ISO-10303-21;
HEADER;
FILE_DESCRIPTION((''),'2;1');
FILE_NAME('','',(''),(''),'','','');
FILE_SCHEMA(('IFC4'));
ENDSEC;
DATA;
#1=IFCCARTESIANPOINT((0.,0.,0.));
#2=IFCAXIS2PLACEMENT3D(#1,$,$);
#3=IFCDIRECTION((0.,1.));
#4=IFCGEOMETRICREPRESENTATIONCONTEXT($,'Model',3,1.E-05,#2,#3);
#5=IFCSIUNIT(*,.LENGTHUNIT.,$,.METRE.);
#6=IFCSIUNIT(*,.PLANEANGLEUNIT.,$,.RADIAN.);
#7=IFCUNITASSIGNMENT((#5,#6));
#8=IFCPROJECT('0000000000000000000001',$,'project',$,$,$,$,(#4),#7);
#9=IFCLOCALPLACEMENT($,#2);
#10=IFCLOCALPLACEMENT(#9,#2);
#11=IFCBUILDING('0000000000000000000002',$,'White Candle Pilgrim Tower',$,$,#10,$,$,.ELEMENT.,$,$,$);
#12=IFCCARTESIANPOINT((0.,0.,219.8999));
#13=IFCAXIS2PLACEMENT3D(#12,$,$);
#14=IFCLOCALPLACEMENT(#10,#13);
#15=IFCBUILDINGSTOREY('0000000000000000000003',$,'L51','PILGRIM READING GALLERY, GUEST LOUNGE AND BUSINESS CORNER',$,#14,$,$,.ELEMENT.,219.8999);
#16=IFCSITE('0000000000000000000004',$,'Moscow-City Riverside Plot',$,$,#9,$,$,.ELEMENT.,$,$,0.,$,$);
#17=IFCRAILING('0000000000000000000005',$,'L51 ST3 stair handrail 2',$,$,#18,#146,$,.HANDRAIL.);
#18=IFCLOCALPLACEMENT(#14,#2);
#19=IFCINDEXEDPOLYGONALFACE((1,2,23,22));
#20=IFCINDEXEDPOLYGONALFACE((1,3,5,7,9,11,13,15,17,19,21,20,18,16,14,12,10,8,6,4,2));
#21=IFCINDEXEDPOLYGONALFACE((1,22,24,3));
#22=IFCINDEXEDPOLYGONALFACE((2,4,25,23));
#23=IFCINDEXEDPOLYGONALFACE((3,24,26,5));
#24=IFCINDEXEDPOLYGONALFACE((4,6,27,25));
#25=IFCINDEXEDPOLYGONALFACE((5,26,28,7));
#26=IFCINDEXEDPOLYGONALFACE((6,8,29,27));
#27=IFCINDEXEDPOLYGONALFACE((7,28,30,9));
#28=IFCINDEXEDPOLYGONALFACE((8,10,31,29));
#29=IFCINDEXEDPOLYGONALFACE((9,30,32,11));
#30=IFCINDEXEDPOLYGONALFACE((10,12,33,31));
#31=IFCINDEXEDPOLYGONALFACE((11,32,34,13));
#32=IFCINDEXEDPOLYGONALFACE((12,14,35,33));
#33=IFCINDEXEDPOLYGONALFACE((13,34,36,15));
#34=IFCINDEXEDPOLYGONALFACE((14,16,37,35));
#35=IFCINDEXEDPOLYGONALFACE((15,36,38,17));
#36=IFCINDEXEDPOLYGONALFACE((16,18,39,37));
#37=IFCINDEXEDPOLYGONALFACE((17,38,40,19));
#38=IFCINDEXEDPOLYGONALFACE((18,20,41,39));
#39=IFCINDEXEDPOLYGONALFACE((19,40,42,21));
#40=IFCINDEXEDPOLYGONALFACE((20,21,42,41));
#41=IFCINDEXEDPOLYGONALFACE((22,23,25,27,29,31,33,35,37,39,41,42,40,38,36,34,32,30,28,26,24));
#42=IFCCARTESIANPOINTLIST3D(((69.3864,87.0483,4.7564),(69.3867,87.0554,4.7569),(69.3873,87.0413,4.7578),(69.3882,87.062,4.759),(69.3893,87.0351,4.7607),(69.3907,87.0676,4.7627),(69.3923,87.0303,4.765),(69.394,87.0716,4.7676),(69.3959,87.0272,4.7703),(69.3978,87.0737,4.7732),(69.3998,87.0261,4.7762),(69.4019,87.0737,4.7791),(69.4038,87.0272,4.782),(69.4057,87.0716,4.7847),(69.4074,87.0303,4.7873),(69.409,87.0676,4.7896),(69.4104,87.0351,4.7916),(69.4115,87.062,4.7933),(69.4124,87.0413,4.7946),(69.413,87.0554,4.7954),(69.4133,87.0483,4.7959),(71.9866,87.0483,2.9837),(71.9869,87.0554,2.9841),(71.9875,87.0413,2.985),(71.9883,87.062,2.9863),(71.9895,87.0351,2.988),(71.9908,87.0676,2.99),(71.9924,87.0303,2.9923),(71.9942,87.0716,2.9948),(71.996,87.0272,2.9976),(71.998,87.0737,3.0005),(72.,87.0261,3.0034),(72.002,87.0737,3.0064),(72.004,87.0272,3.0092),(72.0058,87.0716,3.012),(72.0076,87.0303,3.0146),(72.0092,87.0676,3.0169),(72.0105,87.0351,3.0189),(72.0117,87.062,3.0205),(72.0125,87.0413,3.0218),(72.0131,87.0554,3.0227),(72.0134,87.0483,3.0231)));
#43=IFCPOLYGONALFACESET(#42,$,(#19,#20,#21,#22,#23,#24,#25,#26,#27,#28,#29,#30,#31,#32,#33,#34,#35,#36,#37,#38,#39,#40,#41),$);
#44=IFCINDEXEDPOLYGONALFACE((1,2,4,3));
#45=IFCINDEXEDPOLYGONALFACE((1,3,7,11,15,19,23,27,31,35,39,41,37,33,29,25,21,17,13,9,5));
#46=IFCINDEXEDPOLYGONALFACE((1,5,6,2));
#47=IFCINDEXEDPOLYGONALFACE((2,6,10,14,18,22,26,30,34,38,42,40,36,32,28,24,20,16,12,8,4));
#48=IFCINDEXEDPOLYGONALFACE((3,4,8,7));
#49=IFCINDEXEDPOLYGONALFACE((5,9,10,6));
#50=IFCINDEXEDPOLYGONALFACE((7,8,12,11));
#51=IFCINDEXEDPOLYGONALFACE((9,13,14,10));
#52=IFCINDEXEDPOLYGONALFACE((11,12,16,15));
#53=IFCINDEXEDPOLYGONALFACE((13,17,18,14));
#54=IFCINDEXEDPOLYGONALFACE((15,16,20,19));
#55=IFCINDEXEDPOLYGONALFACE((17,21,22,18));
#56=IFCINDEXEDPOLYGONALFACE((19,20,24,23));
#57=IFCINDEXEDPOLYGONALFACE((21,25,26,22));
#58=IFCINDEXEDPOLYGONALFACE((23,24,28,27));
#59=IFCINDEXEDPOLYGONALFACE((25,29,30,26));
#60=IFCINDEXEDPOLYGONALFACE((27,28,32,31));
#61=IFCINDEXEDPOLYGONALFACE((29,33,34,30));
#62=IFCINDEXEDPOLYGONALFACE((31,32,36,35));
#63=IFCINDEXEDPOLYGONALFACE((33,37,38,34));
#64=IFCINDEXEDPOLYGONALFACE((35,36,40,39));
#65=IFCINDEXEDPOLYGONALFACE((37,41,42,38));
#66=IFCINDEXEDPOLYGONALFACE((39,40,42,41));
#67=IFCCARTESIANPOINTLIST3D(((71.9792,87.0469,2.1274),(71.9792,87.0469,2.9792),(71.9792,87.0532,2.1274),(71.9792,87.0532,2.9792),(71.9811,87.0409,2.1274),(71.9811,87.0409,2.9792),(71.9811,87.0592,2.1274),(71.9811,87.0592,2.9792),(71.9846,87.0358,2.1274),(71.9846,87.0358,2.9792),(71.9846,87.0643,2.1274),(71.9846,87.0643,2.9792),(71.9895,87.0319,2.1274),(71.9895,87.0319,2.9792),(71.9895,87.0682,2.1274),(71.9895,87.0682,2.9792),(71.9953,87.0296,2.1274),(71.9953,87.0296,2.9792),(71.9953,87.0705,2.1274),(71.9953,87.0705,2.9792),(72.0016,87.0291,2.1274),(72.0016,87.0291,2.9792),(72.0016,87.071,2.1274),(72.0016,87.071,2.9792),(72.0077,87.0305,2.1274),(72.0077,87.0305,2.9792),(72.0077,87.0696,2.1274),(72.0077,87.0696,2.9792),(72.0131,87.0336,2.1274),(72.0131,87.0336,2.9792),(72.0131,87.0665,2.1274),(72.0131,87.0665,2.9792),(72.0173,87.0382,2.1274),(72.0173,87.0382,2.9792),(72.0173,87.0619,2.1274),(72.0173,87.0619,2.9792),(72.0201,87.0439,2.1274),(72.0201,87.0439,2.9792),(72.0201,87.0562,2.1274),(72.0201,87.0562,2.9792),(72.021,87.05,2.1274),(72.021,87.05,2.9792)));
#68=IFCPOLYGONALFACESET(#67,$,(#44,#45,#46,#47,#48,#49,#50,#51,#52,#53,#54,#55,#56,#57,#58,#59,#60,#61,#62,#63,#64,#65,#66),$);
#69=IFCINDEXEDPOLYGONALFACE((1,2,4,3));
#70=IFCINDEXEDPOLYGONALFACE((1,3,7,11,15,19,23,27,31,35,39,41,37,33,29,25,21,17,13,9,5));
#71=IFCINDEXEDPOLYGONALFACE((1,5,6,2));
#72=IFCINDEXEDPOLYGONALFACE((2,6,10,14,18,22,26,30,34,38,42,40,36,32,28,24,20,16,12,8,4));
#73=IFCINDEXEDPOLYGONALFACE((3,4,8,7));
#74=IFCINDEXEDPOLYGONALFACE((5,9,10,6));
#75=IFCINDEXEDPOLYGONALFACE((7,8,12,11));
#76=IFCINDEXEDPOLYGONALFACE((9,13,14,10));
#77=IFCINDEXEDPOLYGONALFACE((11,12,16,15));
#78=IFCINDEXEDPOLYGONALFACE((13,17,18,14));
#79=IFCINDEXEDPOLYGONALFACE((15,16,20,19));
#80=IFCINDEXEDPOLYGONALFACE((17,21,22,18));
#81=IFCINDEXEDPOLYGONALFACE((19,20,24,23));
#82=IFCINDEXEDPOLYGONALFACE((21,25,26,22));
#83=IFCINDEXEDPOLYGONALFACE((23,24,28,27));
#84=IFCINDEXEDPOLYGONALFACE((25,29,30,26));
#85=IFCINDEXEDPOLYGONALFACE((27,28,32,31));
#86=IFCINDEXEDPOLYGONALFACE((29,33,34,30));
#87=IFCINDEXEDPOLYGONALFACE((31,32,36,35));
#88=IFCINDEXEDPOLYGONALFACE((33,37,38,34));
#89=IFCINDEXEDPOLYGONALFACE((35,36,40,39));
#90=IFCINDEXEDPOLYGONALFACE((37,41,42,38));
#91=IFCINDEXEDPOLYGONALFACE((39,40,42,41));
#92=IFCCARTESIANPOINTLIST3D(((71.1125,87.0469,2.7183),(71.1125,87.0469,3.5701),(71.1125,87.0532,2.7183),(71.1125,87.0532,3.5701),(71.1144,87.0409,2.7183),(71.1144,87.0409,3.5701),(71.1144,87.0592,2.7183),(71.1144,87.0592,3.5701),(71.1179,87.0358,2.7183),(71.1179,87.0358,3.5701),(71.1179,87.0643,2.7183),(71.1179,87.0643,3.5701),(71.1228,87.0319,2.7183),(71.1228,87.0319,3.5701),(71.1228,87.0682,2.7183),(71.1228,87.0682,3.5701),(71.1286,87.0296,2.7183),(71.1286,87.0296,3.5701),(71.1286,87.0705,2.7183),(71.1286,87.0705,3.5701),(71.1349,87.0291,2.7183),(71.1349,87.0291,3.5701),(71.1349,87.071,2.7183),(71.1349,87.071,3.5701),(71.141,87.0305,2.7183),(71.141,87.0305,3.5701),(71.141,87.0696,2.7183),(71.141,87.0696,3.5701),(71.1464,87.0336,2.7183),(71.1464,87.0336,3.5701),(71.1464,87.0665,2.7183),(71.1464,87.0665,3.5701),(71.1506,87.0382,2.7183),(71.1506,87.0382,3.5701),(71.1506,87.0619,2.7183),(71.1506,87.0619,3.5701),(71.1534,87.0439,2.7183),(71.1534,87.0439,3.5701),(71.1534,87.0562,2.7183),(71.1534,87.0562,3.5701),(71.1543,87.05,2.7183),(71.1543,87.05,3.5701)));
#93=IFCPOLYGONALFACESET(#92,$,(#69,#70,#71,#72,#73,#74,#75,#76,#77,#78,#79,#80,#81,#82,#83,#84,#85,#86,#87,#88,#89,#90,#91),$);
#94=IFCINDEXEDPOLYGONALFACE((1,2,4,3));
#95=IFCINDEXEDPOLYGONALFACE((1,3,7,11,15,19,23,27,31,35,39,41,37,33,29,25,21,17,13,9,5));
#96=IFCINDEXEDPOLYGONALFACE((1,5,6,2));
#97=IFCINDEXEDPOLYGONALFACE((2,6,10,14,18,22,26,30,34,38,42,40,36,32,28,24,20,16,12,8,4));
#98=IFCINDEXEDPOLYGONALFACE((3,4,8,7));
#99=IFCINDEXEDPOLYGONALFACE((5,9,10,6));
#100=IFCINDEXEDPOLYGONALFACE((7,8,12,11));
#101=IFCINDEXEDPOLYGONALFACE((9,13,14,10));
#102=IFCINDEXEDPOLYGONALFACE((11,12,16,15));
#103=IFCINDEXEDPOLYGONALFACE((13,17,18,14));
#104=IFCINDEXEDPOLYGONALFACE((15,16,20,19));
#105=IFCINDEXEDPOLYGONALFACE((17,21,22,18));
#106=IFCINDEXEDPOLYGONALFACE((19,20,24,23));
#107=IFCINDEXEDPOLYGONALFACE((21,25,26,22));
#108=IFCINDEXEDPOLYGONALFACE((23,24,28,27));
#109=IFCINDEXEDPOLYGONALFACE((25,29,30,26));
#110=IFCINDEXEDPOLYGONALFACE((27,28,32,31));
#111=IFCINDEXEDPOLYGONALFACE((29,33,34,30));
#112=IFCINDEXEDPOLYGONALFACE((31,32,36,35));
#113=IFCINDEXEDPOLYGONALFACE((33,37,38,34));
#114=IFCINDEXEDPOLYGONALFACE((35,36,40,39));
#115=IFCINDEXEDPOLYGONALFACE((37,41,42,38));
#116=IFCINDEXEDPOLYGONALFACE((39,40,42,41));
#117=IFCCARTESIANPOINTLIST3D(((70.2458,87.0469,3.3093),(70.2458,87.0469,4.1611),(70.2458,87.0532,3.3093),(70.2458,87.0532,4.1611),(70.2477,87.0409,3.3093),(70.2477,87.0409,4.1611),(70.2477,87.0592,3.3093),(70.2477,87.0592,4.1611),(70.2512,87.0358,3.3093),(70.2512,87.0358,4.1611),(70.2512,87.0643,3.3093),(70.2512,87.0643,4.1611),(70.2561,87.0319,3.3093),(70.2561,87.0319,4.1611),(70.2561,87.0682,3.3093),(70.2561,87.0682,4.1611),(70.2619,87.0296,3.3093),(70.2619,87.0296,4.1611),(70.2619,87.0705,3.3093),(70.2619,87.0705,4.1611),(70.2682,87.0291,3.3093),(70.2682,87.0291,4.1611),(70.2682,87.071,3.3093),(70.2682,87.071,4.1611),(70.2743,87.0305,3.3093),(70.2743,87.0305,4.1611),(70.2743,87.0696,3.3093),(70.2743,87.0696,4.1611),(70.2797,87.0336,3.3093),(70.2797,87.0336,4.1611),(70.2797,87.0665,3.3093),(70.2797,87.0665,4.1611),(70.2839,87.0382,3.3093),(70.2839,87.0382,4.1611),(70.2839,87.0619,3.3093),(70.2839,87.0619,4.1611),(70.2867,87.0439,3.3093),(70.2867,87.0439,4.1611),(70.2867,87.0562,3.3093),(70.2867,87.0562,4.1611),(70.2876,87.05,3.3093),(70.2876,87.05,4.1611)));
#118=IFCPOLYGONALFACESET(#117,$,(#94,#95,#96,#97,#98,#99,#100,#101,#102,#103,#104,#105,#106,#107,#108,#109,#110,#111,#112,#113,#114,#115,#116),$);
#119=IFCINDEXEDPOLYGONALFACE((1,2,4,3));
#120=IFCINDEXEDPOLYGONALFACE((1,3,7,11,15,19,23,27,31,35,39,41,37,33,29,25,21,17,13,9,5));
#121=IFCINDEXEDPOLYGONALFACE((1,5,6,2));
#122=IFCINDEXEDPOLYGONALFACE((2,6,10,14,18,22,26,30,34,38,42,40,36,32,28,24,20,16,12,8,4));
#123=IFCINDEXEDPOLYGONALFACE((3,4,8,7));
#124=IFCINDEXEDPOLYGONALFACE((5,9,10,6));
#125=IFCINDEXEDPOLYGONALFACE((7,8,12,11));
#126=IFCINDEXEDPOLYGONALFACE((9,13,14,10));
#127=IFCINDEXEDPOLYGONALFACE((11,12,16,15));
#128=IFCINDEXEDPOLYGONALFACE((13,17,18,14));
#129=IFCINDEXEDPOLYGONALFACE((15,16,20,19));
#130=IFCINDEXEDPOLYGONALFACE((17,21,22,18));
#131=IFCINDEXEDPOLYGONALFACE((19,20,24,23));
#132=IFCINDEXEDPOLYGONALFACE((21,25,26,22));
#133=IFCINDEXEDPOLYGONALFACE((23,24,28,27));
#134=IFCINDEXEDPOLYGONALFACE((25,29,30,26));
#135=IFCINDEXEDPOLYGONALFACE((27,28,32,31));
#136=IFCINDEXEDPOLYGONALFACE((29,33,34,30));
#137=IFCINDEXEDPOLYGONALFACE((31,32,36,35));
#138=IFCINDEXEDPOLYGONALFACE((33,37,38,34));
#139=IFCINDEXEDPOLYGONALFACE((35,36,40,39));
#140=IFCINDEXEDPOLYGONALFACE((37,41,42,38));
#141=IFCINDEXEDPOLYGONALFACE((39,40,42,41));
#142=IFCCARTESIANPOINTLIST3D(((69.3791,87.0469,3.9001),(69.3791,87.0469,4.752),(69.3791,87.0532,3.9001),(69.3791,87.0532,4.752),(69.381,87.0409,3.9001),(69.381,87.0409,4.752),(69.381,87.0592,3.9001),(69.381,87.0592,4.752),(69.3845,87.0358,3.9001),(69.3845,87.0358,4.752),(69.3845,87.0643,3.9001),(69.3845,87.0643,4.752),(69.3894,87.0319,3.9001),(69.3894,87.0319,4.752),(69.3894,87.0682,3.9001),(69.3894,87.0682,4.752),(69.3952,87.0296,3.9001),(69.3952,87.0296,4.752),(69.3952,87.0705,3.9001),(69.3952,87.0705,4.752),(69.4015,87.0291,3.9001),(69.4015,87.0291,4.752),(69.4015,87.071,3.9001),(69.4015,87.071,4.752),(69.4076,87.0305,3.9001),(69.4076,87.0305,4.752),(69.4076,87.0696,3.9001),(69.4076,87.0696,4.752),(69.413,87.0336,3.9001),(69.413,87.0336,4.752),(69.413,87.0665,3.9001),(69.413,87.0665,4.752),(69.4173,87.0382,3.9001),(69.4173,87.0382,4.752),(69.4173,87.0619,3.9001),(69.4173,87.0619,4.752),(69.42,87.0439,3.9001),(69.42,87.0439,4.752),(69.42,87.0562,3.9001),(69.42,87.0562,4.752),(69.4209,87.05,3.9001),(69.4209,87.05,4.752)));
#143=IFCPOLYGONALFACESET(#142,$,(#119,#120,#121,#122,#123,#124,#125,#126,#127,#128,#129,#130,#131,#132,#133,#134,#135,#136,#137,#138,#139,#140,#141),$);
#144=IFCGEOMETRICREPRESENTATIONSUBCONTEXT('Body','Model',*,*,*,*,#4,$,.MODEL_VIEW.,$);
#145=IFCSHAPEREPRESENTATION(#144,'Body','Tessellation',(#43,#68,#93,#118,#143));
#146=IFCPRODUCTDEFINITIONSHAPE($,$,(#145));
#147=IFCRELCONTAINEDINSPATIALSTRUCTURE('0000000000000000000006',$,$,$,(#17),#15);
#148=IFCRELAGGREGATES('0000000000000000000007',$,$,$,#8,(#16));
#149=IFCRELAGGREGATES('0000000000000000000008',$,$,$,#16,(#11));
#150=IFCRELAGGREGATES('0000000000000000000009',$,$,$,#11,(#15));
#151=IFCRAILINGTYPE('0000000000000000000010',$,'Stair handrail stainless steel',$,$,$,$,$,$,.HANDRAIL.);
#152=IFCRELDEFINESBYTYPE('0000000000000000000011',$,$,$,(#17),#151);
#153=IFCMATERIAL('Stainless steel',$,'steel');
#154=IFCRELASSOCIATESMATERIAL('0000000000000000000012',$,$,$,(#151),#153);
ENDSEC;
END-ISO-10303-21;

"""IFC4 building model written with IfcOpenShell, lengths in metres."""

from ifc_helpers import new_model, si_unit, direction, frame, origin, origin_2d, place, context, subcontext, project, spatial, circle, extrude, material, type_object, element, save


model = new_model("IFC4")

# Units and contexts
model_context = context("Model", 3, precision=1e-05, world=origin(), true_north=direction((0.0, 1.0)))
body_context = subcontext(model_context, "Body", "Model", "MODEL_VIEW")
ifc_project = project(units=[si_unit("LENGTHUNIT", "METRE"), si_unit("PLANEANGLEUNIT", "RADIAN")], contexts=[model_context])

# Site, building, storey
site_placement = place(None, origin())
site = spatial("IfcSite", under=ifc_project, at=site_placement, Name="Moscow-City Riverside Plot", CompositionType="ELEMENT", RefElevation=0.0)
building_placement = place(site_placement, origin())
building = spatial("IfcBuilding", under=site, at=building_placement, Name="White Candle Pilgrim Tower", CompositionType="ELEMENT")
storey_placement = place(building_placement, frame((0.0, 0.0, 219.8999)))
storey = spatial("IfcBuildingStorey", under=building, at=storey_placement, Name="L51", Description="PILGRIM READING GALLERY, GUEST LOUNGE AND BUSINESS CORNER", CompositionType="ELEMENT", Elevation=219.8999)

# Railing
ifc_material_1 = material(Name="Stainless steel", Category="steel")
railing_type_1 = type_object("IfcRailingType", Name="Stair handrail stainless steel", PredefinedType="HANDRAIL", material=ifc_material_1)
railing_1_placement = place(storey_placement, frame((72.0, 87.05, 2.1274)))
element("IfcRailing", 1, at=railing_1_placement, inside=storey, type_object=railing_type_1, Name="L51 ST3 stair handrail 2", PredefinedType="HANDRAIL", context=body_context, shape_type="SweptSolid", body=[
    extrude(circle(Radius=0.0239, at=origin_2d()), frame((0.0, 0.0, 0.876), z_axis=(-0.82624, 0.0, 0.563318), x_axis=(0.0, -1.0, 0.0)), (0.0, 0.0, 1.0), 3.147),
    extrude(circle(Radius=0.021, at=origin_2d()), origin(), (0.0, 0.0, 1.0), 0.8518),
    extrude(circle(Radius=0.021, at=origin_2d()), frame((-0.8667, 0.0, 0.5908)), (0.0, 0.0, 1.0), 0.8518),
    extrude(circle(Radius=0.021, at=origin_2d()), frame((-1.7334, 0.0, 1.1819)), (0.0, 0.0, 1.0), 0.8518),
    extrude(circle(Radius=0.021, at=origin_2d()), frame((-2.6001, 0.0, 1.7727)), (0.0, 0.0, 1.0), 0.8518),
])

save(model, "model.ifc")
